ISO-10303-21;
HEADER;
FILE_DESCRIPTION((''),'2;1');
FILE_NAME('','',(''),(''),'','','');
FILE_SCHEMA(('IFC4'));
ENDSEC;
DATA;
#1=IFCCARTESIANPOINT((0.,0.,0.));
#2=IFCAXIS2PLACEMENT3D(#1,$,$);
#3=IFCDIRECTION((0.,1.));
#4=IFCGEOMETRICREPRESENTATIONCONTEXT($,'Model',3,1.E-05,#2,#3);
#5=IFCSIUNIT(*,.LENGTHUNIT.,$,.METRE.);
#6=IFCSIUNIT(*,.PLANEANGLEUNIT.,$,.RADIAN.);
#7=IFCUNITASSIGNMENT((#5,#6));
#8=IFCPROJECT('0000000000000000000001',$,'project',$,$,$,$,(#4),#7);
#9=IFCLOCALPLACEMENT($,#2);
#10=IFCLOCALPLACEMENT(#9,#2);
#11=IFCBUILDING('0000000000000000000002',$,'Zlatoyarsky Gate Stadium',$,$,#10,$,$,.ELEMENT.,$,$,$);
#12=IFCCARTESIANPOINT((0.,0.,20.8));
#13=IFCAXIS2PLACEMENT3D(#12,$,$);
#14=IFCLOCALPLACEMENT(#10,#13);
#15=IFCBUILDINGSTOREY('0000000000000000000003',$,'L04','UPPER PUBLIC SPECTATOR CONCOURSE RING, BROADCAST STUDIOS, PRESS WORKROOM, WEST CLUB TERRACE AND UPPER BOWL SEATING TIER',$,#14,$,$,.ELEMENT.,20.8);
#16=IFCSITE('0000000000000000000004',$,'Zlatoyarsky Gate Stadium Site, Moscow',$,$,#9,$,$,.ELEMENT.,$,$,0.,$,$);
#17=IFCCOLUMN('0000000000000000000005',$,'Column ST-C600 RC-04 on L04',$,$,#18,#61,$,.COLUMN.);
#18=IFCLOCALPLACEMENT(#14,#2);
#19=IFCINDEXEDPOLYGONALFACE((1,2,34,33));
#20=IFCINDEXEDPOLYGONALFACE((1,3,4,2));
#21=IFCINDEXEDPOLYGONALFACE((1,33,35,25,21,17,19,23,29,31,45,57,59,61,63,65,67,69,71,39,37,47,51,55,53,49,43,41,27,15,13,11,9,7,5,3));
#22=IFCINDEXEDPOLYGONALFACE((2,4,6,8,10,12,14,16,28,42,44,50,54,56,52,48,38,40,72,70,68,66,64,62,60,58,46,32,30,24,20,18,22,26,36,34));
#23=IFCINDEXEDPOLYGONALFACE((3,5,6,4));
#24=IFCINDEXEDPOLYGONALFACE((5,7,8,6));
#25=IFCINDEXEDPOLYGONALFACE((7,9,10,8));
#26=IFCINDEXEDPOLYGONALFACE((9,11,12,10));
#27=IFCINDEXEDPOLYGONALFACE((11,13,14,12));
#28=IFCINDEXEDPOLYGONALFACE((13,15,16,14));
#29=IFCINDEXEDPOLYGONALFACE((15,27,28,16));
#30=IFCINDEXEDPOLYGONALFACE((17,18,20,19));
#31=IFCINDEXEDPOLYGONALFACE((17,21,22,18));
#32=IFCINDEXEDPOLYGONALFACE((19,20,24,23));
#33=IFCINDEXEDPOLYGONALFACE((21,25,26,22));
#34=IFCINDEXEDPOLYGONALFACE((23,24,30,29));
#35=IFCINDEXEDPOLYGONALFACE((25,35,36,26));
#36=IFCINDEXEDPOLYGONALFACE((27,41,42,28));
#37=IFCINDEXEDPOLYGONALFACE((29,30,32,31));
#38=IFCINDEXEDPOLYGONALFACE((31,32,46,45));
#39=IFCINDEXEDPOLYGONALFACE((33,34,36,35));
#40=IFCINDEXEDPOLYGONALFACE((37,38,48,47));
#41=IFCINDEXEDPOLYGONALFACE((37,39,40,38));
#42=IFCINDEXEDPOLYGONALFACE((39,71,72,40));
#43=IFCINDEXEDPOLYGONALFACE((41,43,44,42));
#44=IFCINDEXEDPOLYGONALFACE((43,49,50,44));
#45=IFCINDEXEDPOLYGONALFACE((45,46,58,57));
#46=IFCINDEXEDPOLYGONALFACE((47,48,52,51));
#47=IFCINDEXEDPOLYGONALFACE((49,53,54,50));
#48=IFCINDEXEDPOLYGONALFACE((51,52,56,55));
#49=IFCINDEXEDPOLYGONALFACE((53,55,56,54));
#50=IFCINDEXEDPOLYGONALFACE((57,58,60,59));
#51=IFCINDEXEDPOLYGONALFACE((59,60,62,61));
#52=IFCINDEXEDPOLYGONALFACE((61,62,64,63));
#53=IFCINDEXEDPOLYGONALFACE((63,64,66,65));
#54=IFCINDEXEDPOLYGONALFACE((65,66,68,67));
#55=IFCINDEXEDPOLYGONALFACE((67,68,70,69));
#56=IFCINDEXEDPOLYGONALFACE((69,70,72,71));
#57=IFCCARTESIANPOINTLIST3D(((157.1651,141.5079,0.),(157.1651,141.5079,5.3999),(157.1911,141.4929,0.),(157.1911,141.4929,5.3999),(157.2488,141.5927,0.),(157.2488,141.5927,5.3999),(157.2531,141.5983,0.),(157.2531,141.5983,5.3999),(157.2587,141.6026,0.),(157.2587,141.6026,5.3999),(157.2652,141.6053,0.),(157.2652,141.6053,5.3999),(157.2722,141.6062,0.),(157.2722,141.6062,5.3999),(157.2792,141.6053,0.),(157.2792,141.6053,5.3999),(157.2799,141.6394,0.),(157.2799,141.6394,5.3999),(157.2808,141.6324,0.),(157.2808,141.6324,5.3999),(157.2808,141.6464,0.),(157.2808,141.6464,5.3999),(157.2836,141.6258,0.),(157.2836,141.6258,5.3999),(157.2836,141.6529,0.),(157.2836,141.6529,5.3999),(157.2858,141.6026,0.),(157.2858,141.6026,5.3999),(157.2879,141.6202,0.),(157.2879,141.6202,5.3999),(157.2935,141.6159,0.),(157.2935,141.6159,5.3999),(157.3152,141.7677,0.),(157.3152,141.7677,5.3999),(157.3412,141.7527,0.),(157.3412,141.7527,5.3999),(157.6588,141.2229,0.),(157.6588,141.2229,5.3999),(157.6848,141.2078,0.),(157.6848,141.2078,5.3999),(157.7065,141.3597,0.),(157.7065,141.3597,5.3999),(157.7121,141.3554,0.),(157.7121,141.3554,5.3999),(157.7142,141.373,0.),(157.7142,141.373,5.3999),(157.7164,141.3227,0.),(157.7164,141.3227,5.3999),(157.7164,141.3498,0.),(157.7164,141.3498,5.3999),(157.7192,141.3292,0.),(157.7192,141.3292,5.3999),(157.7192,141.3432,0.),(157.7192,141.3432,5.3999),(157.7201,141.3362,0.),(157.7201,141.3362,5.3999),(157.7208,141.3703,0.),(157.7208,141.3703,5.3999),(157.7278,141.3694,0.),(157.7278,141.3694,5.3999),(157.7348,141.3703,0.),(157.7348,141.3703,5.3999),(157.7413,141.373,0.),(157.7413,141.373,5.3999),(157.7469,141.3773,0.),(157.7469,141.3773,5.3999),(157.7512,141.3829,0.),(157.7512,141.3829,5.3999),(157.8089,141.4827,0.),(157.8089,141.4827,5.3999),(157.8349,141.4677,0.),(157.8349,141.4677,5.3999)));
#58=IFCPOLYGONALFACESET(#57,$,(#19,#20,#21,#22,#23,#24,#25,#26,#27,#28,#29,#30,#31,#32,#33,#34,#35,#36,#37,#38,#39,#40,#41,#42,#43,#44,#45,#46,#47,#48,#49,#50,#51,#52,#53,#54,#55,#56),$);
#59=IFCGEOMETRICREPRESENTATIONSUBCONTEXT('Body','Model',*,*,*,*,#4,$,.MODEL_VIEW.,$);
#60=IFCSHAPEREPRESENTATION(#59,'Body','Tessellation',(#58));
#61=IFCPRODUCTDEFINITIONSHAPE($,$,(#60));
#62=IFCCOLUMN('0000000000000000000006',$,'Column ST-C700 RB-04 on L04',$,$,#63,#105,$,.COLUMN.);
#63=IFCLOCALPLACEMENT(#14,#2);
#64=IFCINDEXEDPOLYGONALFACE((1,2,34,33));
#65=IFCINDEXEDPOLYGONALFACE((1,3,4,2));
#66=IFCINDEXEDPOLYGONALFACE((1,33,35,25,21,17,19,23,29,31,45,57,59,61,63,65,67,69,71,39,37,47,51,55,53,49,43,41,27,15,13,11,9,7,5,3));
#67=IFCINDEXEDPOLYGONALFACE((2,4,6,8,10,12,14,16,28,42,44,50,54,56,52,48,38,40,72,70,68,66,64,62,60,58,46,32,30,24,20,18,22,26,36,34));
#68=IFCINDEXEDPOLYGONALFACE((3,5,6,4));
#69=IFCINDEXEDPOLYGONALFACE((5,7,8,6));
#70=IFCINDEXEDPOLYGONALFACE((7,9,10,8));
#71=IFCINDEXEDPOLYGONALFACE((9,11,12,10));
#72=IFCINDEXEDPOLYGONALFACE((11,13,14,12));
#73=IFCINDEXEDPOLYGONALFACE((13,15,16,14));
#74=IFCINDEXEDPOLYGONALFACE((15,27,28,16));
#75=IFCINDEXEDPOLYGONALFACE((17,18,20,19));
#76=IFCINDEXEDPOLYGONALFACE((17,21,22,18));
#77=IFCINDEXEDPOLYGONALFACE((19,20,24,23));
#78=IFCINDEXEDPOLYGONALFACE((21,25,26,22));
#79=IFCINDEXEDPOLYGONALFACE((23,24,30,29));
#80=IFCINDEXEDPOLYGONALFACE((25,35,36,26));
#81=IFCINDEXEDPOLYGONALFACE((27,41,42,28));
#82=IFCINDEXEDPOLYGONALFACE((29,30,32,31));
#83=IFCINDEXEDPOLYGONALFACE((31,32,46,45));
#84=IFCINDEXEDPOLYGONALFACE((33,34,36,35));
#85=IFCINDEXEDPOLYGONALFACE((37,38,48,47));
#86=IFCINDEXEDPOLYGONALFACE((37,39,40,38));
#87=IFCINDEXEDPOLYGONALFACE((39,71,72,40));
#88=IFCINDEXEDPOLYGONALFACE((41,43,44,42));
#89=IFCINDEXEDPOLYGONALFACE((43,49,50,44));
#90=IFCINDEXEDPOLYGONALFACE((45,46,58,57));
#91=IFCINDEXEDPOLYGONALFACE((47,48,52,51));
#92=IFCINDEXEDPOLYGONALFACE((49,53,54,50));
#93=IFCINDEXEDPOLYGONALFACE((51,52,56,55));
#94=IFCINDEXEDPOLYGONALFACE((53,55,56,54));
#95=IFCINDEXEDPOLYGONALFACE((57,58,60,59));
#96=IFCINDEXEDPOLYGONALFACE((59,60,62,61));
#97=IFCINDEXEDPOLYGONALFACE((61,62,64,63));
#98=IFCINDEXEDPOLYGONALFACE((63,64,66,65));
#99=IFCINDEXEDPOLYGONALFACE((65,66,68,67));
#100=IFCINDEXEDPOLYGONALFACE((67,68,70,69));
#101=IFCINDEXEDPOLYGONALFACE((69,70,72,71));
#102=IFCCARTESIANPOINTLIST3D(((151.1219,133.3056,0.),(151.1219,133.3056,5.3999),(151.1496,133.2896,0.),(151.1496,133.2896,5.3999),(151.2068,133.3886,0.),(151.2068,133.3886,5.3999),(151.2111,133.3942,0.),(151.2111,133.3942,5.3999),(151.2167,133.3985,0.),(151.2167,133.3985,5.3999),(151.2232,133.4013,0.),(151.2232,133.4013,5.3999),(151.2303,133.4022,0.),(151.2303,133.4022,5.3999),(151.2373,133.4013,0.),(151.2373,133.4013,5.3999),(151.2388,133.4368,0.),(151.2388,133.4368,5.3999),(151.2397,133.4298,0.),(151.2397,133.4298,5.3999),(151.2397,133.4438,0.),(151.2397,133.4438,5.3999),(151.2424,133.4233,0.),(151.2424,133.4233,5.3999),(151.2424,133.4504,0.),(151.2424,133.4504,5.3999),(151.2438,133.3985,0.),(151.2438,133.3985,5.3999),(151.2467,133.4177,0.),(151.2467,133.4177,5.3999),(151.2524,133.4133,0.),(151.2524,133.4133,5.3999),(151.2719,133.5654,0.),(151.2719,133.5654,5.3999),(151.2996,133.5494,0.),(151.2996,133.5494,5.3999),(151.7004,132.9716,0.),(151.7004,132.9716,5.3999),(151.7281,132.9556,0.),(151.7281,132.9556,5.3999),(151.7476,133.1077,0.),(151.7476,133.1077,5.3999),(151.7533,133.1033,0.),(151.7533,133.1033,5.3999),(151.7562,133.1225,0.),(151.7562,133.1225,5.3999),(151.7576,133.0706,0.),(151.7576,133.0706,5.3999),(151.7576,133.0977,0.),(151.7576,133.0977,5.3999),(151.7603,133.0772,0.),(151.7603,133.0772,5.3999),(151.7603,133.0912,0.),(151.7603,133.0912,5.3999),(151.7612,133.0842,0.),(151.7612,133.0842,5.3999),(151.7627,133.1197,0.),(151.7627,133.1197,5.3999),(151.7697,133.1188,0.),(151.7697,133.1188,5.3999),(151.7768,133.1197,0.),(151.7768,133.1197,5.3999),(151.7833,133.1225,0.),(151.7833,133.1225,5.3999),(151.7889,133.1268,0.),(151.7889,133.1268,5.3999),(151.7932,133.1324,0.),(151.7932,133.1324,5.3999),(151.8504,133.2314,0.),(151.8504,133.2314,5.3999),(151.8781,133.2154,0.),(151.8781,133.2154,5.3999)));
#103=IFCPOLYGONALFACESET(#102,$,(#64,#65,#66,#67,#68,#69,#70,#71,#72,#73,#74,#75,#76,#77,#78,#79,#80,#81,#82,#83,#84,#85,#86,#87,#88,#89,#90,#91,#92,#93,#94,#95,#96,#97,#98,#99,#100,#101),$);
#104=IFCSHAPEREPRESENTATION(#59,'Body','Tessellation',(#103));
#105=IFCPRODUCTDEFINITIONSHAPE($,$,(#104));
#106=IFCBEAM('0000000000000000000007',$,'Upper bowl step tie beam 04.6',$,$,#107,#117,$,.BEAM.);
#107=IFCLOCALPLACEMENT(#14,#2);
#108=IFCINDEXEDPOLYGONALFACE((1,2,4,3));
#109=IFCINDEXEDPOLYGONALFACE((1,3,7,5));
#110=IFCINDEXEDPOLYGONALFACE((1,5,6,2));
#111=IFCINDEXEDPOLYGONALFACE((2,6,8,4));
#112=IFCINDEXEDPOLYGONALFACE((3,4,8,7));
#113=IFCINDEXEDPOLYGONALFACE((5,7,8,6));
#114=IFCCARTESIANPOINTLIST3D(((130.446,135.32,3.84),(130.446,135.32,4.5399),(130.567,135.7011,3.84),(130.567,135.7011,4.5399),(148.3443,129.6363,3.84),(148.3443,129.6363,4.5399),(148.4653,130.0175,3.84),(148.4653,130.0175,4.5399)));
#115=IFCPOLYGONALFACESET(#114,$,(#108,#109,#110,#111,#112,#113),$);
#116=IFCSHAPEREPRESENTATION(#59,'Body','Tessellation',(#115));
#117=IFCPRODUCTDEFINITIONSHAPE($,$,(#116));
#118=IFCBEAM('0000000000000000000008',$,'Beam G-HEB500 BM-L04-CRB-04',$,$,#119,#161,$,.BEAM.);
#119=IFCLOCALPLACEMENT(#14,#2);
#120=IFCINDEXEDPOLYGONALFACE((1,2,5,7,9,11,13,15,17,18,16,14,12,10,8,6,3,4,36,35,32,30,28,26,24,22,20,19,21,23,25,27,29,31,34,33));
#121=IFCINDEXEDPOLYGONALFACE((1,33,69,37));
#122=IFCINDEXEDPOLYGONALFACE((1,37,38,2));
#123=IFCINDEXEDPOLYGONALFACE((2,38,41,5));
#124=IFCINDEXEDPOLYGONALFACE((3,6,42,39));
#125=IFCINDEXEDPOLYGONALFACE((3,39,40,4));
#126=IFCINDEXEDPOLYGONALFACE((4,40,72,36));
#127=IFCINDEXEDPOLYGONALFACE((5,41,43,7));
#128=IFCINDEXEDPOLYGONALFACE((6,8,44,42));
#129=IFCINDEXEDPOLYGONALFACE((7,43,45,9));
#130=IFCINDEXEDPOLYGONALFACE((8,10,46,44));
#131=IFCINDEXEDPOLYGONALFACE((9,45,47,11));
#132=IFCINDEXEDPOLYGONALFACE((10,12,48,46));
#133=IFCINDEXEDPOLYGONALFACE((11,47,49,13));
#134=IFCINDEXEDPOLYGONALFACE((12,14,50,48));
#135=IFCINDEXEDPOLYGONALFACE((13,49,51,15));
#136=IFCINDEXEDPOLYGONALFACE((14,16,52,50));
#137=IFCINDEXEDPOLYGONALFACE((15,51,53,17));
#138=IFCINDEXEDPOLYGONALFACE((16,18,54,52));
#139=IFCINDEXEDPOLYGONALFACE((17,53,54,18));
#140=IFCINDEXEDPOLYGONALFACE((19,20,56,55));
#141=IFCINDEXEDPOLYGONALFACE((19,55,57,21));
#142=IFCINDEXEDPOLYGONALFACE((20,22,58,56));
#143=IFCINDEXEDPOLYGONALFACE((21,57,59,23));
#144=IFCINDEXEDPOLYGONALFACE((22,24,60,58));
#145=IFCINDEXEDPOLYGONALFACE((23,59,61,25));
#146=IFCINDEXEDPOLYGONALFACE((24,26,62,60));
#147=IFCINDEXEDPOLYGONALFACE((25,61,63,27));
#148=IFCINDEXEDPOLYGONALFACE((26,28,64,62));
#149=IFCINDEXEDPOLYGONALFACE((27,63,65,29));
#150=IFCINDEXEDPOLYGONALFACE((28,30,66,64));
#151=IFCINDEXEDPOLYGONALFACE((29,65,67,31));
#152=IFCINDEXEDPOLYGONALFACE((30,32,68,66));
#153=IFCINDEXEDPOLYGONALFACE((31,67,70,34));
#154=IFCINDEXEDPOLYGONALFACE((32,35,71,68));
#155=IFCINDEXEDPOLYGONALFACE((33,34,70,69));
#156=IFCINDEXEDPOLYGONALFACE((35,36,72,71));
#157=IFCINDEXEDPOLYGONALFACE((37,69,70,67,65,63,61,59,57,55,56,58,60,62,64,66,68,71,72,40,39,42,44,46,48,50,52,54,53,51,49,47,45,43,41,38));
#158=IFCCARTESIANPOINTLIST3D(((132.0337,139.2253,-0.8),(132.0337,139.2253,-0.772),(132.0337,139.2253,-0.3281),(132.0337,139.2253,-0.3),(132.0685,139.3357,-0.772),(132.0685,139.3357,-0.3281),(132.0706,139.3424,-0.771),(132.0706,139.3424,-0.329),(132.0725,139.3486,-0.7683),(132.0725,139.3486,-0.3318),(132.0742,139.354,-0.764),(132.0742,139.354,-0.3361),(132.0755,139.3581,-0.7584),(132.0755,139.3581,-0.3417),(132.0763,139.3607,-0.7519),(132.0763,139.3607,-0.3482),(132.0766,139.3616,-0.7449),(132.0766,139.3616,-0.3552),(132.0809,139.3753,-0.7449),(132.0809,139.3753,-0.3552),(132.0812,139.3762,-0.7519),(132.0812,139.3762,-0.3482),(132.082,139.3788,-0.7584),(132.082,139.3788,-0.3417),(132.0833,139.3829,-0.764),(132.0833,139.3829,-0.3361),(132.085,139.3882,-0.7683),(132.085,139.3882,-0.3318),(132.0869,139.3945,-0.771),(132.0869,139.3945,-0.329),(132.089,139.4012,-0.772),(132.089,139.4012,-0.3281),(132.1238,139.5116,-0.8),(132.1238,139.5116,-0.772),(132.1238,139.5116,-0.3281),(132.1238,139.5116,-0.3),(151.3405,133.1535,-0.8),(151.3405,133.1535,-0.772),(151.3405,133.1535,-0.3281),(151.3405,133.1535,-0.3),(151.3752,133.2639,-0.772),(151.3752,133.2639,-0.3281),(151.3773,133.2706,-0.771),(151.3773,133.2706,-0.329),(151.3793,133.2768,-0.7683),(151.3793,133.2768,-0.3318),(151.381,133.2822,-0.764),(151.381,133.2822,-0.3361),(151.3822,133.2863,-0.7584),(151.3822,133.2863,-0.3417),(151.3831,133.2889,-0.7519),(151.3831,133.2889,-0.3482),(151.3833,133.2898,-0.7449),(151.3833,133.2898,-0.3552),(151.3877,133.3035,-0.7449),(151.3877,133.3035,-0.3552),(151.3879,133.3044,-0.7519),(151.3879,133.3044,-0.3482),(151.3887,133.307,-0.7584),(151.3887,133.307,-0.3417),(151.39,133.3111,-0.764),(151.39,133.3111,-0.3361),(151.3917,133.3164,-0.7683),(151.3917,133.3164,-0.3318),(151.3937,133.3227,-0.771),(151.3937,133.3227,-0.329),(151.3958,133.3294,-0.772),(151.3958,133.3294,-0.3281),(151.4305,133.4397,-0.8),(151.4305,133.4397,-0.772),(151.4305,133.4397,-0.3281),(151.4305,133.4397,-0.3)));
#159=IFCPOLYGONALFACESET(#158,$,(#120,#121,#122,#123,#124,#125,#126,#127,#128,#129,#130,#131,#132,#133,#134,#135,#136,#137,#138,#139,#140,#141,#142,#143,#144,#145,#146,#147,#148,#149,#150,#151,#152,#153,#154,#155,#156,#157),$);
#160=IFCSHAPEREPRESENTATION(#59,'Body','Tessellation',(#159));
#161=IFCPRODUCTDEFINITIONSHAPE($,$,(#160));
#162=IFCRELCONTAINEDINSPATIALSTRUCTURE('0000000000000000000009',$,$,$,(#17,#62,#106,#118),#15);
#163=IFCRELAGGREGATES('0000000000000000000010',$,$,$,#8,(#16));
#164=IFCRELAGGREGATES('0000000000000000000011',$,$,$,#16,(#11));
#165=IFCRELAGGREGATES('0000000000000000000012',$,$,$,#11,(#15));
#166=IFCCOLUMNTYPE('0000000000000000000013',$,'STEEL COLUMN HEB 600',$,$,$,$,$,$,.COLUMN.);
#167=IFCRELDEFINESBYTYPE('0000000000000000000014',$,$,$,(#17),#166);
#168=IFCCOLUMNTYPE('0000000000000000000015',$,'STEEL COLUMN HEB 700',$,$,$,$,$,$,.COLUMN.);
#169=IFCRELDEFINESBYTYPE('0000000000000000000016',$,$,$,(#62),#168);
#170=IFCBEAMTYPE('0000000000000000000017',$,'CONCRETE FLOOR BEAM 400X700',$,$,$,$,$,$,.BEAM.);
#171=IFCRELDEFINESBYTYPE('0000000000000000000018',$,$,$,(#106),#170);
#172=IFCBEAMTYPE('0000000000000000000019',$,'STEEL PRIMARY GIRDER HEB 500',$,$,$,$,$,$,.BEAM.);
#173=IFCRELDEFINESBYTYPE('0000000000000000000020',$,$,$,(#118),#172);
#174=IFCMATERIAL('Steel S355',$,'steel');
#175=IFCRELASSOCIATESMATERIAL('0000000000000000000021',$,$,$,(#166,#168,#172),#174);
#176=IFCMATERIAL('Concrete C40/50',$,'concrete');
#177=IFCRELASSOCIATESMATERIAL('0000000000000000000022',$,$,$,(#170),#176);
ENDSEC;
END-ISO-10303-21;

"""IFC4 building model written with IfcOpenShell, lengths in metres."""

from ifc_helpers import new_model, si_unit, direction, frame, origin, origin_2d, place, context, subcontext, project, spatial, rectangle, i_section, extrude, material, material_profile, profile_set, type_object, element, save


model = new_model("IFC4")

# Units and contexts
model_context = context("Model", 3, precision=1e-05, world=origin(), true_north=direction((0.0, 1.0)))
body_context = subcontext(model_context, "Body", "Model", "MODEL_VIEW")
ifc_project = project(units=[si_unit("LENGTHUNIT", "METRE"), si_unit("PLANEANGLEUNIT", "RADIAN")], contexts=[model_context])

# Site, building, storey
site_placement = place(None, origin())
site = spatial("IfcSite", under=ifc_project, at=site_placement, Name="Zlatoyarsky Gate Stadium Site, Moscow", CompositionType="ELEMENT", RefElevation=0.0)
building_placement = place(site_placement, origin())
building = spatial("IfcBuilding", under=site, at=building_placement, Name="Zlatoyarsky Gate Stadium", CompositionType="ELEMENT")
storey_placement = place(building_placement, frame((0.0, 0.0, 20.8)))
storey = spatial("IfcBuildingStorey", under=building, at=storey_placement, Name="L04", Description="UPPER PUBLIC SPECTATOR CONCOURSE RING, BROADCAST STUDIOS, PRESS WORKROOM, WEST CLUB TERRACE AND UPPER BOWL SEATING TIER", CompositionType="ELEMENT", Elevation=20.8)

# Columns
ifc_material_1 = material(Name="Steel S355", Category="steel")
ifc_material_profile_1 = material_profile(ifc_material_1, i_section(OverallWidth=0.3, OverallDepth=0.6001, WebThickness=0.0154, FlangeThickness=0.03, FilletRadius=0.0271, at=origin_2d()), Name="HEB 600")
ifc_profile_set_1 = profile_set([ifc_material_profile_1], Name="Steel S355")
column_type_1 = type_object("IfcColumnType", Name="STEEL COLUMN HEB 600", PredefinedType="COLUMN", material=ifc_profile_set_1)
column_1_placement = place(storey_placement, frame((157.5, 141.4878, 0.0), z_axis=(0.0, 0.0, 1.0), x_axis=(0.5, 0.866025, 0.0)))
element("IfcColumn", 1, at=column_1_placement, inside=storey, type_object=column_type_1, Name="Column ST-C600 RC-04 on L04", PredefinedType="COLUMN", context=body_context, shape_type="SweptSolid", body=[
    extrude(i_section(OverallWidth=0.3, OverallDepth=0.6001, WebThickness=0.0154, FlangeThickness=0.03, FilletRadius=0.0271, at=origin_2d()), origin(), (0.0, 0.0, 1.0), 5.3999),
])
ifc_material_profile_2 = material_profile(ifc_material_1, i_section(OverallWidth=0.3, OverallDepth=0.7, WebThickness=0.0171, FlangeThickness=0.032, FilletRadius=0.0271, at=origin_2d()), Name="HEB 700")
ifc_profile_set_2 = profile_set([ifc_material_profile_2], Name="Steel S355")
column_type_2 = type_object("IfcColumnType", Name="STEEL COLUMN HEB 700", PredefinedType="COLUMN", material=ifc_profile_set_2)
column_2_placement = place(storey_placement, frame((151.5, 133.2605, 0.0), z_axis=(0.0, 0.0, 1.0), x_axis=(0.5, 0.866025, 0.0)))
element("IfcColumn", 2, at=column_2_placement, inside=storey, type_object=column_type_2, Name="Column ST-C700 RB-04 on L04", PredefinedType="COLUMN", context=body_context, shape_type="SweptSolid", body=[
    extrude(i_section(OverallWidth=0.3, OverallDepth=0.7, WebThickness=0.0171, FlangeThickness=0.032, FilletRadius=0.0271, at=origin_2d()), origin(), (0.0, 0.0, 1.0), 5.3999),
])

# Beams
ifc_material_2 = material(Name="Concrete C40/50", Category="concrete")
ifc_material_profile_3 = material_profile(ifc_material_2, rectangle(XDim=0.3999, YDim=0.7, at=origin_2d()), Name="RC BEAM 400X700")
ifc_profile_set_3 = profile_set([ifc_material_profile_3], Name="Concrete C40/50")
beam_type_1 = type_object("IfcBeamType", Name="CONCRETE FLOOR BEAM 400X700", PredefinedType="BEAM", material=ifc_profile_set_3)
beam_1_placement = place(storey_placement, frame((148.4048, 129.8269, 4.1899), z_axis=(-0.953099, 0.302658, 0.0), x_axis=(-0.302658, -0.953099, 0.0)))
element("IfcBeam", 3, at=beam_1_placement, inside=storey, type_object=beam_type_1, Name="Upper bowl step tie beam 04.6", PredefinedType="BEAM", context=body_context, shape_type="SweptSolid", body=[
    extrude(rectangle(XDim=0.3999, YDim=0.7, at=origin_2d()), origin(), (0.0, 0.0, 1.0), 18.7791),
])
ifc_material_profile_4 = material_profile(ifc_material_1, i_section(OverallWidth=0.3, OverallDepth=0.5, WebThickness=0.0144, FlangeThickness=0.0281, FilletRadius=0.0271, at=origin_2d()), Name="HEB 500")
ifc_profile_set_4 = profile_set([ifc_material_profile_4], Name="Steel S355")
beam_type_2 = type_object("IfcBeamType", Name="STEEL PRIMARY GIRDER HEB 500", PredefinedType="BEAM", material=ifc_profile_set_4)
beam_2_placement = place(storey_placement, frame((151.3855, 133.2966, -0.55), z_axis=(-0.953938, 0.300005, 0.0), x_axis=(-0.300005, -0.953938, 0.0)))
element("IfcBeam", 4, at=beam_2_placement, inside=storey, type_object=beam_type_2, Name="Beam G-HEB500 BM-L04-CRB-04", PredefinedType="BEAM", context=body_context, shape_type="SweptSolid", body=[
    extrude(i_section(OverallWidth=0.3, OverallDepth=0.5, WebThickness=0.0144, FlangeThickness=0.0281, FilletRadius=0.0271, at=origin_2d()), origin(), (0.0, 0.0, 1.0), 20.239),
])

save(model, "model.ifc")
